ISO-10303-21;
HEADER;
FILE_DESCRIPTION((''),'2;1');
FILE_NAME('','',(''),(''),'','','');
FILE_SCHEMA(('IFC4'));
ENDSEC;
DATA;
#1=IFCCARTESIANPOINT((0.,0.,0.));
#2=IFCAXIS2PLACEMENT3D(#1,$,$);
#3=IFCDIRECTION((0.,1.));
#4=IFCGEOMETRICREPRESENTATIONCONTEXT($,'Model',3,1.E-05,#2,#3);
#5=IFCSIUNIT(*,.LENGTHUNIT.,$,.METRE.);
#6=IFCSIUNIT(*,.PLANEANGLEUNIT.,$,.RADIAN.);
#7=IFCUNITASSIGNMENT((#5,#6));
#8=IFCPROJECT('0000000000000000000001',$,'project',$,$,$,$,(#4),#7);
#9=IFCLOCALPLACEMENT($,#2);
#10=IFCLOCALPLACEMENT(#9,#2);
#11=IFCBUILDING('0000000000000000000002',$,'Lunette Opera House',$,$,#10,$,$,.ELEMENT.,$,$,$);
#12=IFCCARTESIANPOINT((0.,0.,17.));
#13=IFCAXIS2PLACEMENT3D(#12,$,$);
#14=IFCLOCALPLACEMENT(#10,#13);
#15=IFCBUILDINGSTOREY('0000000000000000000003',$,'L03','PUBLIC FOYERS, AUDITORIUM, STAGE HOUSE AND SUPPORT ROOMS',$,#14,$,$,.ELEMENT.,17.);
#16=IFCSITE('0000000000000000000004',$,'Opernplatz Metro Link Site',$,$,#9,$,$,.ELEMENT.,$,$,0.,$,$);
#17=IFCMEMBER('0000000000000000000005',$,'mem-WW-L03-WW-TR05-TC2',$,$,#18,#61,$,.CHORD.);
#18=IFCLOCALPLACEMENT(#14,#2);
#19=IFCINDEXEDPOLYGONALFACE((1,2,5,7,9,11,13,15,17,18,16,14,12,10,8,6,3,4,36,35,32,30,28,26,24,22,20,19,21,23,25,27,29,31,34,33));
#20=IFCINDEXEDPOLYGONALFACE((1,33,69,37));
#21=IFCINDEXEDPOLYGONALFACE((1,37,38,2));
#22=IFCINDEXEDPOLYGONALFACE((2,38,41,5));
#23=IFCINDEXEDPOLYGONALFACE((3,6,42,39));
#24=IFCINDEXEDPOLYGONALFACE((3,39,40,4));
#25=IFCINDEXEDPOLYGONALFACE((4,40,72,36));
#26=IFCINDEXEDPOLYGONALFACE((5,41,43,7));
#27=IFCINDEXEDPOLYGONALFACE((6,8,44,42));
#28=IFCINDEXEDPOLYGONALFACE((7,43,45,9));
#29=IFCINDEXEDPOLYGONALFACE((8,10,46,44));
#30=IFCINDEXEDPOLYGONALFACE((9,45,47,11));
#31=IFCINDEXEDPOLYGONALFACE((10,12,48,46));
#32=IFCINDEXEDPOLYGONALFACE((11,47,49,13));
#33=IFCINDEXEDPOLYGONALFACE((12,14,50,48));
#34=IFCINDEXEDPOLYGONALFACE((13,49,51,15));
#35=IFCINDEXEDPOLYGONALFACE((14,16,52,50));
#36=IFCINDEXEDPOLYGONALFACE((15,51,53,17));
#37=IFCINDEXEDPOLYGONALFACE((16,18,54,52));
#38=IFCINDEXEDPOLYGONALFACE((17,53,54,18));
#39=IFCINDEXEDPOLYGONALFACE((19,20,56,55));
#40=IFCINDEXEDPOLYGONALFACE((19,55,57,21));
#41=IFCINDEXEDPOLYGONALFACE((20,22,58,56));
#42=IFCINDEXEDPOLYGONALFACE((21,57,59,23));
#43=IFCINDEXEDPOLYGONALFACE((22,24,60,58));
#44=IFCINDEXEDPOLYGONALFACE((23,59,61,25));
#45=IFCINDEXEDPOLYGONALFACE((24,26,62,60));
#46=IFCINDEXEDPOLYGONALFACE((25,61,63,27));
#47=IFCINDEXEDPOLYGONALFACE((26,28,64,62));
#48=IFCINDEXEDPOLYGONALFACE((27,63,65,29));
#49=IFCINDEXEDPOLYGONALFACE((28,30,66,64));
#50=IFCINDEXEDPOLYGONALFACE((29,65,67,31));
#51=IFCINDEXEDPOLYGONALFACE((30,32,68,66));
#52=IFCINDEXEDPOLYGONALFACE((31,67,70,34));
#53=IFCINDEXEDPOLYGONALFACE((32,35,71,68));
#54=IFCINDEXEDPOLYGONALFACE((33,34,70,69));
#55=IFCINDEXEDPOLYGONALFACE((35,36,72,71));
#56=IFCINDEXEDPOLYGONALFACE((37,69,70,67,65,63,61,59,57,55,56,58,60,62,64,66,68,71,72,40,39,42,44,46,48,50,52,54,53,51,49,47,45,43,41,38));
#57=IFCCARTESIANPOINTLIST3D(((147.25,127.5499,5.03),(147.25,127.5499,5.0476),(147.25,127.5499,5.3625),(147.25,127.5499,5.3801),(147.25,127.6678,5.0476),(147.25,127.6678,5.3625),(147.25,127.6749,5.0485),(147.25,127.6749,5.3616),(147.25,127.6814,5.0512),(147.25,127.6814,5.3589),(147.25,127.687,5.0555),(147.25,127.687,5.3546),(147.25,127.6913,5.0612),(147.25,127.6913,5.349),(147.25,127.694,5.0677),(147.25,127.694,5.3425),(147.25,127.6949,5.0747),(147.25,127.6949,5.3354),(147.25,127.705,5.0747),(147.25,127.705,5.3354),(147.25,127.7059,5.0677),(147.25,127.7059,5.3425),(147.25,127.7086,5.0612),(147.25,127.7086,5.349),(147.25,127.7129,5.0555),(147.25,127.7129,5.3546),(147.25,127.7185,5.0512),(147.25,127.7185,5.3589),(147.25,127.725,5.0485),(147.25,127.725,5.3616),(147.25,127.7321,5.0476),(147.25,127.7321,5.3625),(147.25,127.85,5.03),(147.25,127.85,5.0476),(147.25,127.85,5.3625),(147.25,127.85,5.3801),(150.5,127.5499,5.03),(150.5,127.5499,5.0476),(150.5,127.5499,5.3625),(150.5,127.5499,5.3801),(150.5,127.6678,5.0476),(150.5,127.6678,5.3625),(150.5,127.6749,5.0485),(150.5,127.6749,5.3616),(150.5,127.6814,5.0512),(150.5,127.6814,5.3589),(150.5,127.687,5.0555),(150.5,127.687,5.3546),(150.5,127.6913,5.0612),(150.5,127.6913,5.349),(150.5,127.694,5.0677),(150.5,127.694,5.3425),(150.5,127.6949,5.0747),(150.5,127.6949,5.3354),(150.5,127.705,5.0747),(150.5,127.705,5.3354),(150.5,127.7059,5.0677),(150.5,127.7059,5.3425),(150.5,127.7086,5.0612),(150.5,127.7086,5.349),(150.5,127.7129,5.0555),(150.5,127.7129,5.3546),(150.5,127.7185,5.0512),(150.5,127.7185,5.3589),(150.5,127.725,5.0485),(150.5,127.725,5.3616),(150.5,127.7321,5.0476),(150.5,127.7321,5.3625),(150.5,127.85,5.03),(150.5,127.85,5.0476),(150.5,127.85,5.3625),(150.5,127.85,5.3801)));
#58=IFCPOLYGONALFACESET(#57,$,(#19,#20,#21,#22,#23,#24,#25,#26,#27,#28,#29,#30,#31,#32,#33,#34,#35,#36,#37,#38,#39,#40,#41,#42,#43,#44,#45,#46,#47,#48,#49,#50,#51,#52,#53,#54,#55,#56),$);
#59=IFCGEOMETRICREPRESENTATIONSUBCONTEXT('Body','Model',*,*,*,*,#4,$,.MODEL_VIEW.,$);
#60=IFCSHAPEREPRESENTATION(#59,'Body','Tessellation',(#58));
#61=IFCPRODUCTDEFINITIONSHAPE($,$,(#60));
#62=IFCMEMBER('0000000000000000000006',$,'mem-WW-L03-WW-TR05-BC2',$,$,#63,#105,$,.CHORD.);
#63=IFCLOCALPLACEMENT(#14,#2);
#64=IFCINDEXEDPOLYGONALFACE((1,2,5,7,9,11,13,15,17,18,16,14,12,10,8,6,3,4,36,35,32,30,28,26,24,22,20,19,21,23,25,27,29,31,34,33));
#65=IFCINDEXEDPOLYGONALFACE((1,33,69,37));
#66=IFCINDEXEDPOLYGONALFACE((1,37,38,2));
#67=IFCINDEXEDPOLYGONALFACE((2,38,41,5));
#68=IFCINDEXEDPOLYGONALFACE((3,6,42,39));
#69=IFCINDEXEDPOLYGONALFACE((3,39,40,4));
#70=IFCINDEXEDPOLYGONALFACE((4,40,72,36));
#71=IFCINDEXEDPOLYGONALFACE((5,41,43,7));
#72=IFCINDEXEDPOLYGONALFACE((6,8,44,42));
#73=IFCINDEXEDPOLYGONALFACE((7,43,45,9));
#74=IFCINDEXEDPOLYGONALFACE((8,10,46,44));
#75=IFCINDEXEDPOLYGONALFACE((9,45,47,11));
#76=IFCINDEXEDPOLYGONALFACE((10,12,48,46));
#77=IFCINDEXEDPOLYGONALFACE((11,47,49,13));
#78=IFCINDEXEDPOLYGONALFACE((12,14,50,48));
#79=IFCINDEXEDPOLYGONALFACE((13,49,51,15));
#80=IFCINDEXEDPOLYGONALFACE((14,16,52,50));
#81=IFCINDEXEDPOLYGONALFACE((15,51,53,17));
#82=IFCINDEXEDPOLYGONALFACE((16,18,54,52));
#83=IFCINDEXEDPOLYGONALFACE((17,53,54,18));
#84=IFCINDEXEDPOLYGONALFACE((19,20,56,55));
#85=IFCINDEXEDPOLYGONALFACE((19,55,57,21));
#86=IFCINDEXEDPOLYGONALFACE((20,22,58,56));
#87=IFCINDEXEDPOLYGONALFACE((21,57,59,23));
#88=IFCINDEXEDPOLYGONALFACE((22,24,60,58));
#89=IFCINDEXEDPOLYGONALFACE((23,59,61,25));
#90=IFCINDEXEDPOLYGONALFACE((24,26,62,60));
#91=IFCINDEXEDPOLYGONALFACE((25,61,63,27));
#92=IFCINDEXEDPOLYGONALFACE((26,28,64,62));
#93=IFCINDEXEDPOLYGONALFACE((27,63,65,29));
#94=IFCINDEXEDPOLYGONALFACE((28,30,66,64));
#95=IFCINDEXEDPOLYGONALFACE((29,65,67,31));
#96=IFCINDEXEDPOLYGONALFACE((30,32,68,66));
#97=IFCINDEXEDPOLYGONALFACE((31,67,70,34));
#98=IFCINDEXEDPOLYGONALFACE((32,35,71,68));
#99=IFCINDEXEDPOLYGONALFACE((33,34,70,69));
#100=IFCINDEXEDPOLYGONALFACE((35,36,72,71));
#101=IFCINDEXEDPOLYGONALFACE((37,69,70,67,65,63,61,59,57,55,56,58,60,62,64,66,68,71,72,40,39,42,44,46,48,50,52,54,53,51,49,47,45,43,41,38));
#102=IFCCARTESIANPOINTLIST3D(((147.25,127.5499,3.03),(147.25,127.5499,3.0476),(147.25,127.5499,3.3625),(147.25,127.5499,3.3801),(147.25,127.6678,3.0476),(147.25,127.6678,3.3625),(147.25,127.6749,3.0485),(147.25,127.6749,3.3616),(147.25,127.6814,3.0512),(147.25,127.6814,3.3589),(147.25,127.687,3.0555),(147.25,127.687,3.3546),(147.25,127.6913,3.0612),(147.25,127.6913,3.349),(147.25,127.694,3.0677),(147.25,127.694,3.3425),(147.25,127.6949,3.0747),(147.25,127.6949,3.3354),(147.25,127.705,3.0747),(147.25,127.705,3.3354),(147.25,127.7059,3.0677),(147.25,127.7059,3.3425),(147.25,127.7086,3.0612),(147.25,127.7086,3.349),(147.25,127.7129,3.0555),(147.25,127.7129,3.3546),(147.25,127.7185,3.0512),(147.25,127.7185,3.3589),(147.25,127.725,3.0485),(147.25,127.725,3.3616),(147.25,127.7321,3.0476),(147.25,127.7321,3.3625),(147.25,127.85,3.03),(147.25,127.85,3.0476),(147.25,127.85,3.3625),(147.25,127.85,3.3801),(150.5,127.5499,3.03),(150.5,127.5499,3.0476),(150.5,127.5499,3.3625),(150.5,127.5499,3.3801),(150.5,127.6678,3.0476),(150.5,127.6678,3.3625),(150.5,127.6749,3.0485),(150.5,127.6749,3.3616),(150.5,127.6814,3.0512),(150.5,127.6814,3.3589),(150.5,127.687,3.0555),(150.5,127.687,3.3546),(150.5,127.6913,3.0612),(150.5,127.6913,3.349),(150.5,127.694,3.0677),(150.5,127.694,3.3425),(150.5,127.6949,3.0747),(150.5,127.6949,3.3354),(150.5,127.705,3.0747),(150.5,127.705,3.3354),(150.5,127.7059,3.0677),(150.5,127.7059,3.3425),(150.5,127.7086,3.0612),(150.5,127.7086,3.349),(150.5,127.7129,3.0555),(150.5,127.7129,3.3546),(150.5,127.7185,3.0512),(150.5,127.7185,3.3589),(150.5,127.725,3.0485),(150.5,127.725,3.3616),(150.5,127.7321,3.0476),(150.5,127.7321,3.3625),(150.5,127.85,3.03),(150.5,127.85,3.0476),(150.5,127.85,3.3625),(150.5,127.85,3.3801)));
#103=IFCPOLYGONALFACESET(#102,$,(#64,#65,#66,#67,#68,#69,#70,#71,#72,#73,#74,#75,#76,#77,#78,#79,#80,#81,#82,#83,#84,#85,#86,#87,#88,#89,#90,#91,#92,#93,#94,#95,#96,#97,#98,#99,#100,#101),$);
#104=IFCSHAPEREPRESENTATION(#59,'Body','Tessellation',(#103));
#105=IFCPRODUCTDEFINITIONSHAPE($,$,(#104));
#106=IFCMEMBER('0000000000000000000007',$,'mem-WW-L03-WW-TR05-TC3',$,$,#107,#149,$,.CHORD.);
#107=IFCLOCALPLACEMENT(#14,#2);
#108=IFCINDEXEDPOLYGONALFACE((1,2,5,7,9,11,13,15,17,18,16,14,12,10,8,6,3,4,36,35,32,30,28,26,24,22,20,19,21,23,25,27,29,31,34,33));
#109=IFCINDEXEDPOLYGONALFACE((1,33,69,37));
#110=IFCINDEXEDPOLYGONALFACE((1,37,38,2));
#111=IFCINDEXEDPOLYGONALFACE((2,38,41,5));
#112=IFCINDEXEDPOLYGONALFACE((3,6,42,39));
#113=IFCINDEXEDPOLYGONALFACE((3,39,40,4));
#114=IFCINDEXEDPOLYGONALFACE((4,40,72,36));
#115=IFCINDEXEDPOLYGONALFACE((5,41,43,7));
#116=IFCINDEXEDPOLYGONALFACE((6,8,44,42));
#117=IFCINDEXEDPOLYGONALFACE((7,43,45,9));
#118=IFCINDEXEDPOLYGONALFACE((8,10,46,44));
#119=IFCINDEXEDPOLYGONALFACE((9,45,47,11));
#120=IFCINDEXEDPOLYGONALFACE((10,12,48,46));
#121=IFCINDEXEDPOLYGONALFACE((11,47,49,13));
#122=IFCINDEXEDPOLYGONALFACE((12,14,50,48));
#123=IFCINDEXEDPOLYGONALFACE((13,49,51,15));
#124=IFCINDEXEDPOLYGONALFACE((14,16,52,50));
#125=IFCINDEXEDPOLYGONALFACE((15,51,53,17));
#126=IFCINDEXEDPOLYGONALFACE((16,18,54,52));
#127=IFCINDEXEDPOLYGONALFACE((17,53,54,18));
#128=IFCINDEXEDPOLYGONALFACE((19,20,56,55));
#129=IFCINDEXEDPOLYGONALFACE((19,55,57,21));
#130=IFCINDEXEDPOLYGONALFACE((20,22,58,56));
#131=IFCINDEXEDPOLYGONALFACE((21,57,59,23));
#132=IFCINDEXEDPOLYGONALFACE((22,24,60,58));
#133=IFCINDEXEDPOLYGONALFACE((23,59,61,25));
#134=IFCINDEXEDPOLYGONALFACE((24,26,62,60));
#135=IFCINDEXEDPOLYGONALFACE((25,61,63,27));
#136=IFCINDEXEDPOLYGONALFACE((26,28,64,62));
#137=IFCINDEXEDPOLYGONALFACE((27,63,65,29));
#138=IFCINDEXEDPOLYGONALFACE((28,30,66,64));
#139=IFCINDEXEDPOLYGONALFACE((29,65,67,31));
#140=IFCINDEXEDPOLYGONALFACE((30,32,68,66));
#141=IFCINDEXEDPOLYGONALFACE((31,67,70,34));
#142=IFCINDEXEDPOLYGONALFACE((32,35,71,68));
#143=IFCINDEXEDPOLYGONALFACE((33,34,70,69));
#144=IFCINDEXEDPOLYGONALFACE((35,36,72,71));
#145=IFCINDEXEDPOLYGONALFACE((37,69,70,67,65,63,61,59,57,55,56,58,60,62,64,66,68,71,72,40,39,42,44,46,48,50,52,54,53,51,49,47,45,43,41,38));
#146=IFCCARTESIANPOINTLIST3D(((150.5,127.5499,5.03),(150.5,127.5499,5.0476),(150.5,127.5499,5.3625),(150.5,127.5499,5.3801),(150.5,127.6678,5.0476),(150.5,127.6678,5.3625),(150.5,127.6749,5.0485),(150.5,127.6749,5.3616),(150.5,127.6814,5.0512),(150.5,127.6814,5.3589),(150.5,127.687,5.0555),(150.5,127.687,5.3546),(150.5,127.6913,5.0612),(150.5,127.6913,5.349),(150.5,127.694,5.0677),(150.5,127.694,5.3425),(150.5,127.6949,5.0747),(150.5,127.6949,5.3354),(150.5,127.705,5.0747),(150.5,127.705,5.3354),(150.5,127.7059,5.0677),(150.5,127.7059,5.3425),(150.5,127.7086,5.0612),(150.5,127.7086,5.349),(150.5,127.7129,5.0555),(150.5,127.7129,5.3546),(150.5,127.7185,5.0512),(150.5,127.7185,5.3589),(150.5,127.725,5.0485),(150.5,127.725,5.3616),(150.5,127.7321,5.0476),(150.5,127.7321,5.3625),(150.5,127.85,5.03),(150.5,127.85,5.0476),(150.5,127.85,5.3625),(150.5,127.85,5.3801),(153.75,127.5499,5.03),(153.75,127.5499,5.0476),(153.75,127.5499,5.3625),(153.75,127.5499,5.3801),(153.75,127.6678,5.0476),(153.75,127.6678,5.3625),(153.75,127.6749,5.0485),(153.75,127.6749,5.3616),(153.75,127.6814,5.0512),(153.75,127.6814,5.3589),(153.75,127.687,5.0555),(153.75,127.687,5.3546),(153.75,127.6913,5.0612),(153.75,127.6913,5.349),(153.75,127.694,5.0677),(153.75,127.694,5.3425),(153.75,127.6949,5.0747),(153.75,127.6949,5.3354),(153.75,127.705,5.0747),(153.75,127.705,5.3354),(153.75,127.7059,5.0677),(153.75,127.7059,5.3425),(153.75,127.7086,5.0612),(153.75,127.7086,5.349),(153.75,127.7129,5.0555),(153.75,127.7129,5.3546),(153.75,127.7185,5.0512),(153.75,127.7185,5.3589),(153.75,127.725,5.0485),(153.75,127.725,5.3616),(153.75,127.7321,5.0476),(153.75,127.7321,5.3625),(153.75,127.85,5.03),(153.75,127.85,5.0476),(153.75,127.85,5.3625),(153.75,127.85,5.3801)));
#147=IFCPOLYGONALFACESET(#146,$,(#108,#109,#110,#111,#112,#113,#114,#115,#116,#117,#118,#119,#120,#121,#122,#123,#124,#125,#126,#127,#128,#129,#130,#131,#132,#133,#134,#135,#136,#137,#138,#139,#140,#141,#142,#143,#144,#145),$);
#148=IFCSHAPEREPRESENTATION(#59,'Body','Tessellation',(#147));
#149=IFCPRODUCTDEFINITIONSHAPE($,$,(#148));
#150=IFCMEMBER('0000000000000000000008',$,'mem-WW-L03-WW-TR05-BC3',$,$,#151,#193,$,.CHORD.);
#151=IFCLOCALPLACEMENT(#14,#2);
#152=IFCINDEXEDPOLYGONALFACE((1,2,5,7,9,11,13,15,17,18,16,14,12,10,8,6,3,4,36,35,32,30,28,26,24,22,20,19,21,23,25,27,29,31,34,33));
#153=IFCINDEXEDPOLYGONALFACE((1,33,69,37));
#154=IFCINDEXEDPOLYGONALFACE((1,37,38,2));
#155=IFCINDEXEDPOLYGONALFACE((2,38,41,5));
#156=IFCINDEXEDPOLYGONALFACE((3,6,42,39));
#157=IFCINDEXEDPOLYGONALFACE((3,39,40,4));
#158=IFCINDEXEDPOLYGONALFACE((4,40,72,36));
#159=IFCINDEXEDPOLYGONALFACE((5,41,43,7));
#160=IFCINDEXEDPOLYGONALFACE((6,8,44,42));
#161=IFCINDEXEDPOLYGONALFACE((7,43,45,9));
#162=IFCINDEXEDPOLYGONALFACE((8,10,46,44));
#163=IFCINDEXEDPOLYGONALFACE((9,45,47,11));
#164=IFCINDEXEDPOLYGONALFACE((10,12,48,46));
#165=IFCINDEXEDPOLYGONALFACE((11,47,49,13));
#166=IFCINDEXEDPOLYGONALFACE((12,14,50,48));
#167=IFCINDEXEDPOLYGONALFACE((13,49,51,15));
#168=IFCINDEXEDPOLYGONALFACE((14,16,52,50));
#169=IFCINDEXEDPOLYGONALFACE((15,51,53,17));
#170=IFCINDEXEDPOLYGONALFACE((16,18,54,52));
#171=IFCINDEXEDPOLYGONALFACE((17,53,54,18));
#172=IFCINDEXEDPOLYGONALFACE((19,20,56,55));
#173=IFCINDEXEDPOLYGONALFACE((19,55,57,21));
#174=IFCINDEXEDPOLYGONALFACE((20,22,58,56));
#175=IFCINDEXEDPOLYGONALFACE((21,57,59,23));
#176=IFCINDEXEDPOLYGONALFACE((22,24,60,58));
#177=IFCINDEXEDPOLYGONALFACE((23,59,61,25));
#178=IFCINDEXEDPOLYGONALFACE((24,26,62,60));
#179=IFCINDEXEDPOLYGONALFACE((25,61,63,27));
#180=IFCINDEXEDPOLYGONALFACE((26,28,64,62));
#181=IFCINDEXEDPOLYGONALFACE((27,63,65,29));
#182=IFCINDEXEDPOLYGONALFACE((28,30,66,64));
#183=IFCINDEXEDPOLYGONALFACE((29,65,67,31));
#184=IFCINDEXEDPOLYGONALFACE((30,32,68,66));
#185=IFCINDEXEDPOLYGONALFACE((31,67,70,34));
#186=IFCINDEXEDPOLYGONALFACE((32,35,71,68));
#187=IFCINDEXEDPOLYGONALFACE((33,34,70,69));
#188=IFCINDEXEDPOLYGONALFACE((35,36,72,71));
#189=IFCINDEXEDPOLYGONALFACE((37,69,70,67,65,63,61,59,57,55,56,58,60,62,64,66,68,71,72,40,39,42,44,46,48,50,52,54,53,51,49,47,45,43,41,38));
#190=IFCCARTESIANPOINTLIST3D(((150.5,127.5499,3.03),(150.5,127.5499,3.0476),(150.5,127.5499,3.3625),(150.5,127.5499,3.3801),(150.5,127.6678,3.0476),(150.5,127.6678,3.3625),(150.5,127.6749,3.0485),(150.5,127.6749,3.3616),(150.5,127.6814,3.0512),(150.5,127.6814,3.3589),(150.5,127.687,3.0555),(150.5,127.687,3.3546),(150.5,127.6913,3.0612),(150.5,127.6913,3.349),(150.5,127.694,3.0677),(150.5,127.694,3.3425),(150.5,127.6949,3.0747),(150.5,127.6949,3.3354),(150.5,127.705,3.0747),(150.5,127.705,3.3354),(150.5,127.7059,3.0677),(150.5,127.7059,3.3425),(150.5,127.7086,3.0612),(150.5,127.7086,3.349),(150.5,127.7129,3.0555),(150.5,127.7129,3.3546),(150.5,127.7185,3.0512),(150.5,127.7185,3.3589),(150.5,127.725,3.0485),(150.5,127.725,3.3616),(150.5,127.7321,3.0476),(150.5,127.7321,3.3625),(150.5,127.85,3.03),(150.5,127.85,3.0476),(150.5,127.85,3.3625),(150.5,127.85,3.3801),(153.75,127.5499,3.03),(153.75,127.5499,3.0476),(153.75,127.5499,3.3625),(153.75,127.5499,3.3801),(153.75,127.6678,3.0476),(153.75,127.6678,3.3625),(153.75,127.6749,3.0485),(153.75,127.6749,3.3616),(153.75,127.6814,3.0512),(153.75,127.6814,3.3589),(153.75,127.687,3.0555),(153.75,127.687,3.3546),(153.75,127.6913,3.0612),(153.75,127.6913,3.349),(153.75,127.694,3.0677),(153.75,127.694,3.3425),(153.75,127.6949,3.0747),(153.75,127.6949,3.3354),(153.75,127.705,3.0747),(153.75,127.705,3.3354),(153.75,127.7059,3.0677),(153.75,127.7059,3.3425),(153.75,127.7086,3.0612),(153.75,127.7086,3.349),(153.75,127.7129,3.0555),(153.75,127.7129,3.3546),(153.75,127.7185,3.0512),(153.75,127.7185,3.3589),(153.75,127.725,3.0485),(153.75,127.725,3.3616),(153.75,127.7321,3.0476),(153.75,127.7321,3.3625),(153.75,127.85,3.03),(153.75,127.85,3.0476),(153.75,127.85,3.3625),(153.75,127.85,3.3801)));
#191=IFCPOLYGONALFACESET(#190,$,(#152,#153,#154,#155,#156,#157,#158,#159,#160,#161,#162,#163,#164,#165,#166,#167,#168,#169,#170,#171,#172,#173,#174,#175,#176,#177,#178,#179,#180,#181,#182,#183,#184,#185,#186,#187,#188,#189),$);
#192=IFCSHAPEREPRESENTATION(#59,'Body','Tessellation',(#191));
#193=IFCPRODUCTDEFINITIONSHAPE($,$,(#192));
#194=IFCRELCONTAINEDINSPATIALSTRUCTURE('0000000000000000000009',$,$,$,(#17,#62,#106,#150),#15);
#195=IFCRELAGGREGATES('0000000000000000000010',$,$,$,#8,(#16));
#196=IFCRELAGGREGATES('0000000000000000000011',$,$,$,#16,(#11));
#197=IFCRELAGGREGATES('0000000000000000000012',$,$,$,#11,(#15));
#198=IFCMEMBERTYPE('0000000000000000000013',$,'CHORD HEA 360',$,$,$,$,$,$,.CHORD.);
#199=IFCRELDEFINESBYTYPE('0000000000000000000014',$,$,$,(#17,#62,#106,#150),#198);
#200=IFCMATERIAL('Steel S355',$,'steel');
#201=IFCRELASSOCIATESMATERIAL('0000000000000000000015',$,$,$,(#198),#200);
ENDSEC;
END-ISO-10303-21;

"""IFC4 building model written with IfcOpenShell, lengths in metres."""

from ifc_helpers import new_model, si_unit, direction, frame, origin, origin_2d, place, context, subcontext, project, spatial, i_section, extrude, material, material_profile, profile_set, type_object, element, save


model = new_model("IFC4")

# Units and contexts
model_context = context("Model", 3, precision=1e-05, world=origin(), true_north=direction((0.0, 1.0)))
body_context = subcontext(model_context, "Body", "Model", "MODEL_VIEW")
ifc_project = project(units=[si_unit("LENGTHUNIT", "METRE"), si_unit("PLANEANGLEUNIT", "RADIAN")], contexts=[model_context])

# Site, building, storey
site_placement = place(None, origin())
site = spatial("IfcSite", under=ifc_project, at=site_placement, Name="Opernplatz Metro Link Site", CompositionType="ELEMENT", RefElevation=0.0)
building_placement = place(site_placement, origin())
building = spatial("IfcBuilding", under=site, at=building_placement, Name="Lunette Opera House", CompositionType="ELEMENT")
storey_placement = place(building_placement, frame((0.0, 0.0, 17.0)))
storey = spatial("IfcBuildingStorey", under=building, at=storey_placement, Name="L03", Description="PUBLIC FOYERS, AUDITORIUM, STAGE HOUSE AND SUPPORT ROOMS", CompositionType="ELEMENT", Elevation=17.0)

# Members
ifc_material_1 = material(Name="Steel S355", Category="steel")
ifc_material_profile_1 = material_profile(ifc_material_1, i_section(OverallWidth=0.3, OverallDepth=0.3501, WebThickness=0.01, FlangeThickness=0.0176, FilletRadius=0.0271, at=origin_2d()), Name="HEA 360")
ifc_profile_set_1 = profile_set([ifc_material_profile_1], Name="Steel S355")
member_type_1 = type_object("IfcMemberType", Name="CHORD HEA 360", PredefinedType="CHORD", material=ifc_profile_set_1)
for number, where, z_axis, x_axis, name in (
    (1, (147.25, 127.7, 5.2051), (1.0, 0.0, 0.0), (0.0, 1.0, 0.0), "mem-WW-L03-WW-TR05-TC2"),
    (2, (147.25, 127.7, 3.2051), (1.0, 0.0, 0.0), (0.0, 1.0, 0.0), "mem-WW-L03-WW-TR05-BC2"),
    (3, (150.5, 127.7, 5.2051), (1.0, 0.0, 0.0), (0.0, 1.0, 0.0), "mem-WW-L03-WW-TR05-TC3"),
    (4, (150.5, 127.7, 3.2051), (1.0, 0.0, 0.0), (0.0, 1.0, 0.0), "mem-WW-L03-WW-TR05-BC3"),
):
    element("IfcMember", number, at=place(storey_placement, frame(where, z_axis=z_axis, x_axis=x_axis)), inside=storey, type_object=member_type_1, Name=name, PredefinedType="CHORD", context=body_context, shape_type="SweptSolid", body=[
        extrude(i_section(OverallWidth=0.3, OverallDepth=0.3501, WebThickness=0.01, FlangeThickness=0.0176, FilletRadius=0.0271, at=origin_2d()), origin(), (0.0, 0.0, 1.0), 3.25),
    ])

save(model, "model.ifc")
